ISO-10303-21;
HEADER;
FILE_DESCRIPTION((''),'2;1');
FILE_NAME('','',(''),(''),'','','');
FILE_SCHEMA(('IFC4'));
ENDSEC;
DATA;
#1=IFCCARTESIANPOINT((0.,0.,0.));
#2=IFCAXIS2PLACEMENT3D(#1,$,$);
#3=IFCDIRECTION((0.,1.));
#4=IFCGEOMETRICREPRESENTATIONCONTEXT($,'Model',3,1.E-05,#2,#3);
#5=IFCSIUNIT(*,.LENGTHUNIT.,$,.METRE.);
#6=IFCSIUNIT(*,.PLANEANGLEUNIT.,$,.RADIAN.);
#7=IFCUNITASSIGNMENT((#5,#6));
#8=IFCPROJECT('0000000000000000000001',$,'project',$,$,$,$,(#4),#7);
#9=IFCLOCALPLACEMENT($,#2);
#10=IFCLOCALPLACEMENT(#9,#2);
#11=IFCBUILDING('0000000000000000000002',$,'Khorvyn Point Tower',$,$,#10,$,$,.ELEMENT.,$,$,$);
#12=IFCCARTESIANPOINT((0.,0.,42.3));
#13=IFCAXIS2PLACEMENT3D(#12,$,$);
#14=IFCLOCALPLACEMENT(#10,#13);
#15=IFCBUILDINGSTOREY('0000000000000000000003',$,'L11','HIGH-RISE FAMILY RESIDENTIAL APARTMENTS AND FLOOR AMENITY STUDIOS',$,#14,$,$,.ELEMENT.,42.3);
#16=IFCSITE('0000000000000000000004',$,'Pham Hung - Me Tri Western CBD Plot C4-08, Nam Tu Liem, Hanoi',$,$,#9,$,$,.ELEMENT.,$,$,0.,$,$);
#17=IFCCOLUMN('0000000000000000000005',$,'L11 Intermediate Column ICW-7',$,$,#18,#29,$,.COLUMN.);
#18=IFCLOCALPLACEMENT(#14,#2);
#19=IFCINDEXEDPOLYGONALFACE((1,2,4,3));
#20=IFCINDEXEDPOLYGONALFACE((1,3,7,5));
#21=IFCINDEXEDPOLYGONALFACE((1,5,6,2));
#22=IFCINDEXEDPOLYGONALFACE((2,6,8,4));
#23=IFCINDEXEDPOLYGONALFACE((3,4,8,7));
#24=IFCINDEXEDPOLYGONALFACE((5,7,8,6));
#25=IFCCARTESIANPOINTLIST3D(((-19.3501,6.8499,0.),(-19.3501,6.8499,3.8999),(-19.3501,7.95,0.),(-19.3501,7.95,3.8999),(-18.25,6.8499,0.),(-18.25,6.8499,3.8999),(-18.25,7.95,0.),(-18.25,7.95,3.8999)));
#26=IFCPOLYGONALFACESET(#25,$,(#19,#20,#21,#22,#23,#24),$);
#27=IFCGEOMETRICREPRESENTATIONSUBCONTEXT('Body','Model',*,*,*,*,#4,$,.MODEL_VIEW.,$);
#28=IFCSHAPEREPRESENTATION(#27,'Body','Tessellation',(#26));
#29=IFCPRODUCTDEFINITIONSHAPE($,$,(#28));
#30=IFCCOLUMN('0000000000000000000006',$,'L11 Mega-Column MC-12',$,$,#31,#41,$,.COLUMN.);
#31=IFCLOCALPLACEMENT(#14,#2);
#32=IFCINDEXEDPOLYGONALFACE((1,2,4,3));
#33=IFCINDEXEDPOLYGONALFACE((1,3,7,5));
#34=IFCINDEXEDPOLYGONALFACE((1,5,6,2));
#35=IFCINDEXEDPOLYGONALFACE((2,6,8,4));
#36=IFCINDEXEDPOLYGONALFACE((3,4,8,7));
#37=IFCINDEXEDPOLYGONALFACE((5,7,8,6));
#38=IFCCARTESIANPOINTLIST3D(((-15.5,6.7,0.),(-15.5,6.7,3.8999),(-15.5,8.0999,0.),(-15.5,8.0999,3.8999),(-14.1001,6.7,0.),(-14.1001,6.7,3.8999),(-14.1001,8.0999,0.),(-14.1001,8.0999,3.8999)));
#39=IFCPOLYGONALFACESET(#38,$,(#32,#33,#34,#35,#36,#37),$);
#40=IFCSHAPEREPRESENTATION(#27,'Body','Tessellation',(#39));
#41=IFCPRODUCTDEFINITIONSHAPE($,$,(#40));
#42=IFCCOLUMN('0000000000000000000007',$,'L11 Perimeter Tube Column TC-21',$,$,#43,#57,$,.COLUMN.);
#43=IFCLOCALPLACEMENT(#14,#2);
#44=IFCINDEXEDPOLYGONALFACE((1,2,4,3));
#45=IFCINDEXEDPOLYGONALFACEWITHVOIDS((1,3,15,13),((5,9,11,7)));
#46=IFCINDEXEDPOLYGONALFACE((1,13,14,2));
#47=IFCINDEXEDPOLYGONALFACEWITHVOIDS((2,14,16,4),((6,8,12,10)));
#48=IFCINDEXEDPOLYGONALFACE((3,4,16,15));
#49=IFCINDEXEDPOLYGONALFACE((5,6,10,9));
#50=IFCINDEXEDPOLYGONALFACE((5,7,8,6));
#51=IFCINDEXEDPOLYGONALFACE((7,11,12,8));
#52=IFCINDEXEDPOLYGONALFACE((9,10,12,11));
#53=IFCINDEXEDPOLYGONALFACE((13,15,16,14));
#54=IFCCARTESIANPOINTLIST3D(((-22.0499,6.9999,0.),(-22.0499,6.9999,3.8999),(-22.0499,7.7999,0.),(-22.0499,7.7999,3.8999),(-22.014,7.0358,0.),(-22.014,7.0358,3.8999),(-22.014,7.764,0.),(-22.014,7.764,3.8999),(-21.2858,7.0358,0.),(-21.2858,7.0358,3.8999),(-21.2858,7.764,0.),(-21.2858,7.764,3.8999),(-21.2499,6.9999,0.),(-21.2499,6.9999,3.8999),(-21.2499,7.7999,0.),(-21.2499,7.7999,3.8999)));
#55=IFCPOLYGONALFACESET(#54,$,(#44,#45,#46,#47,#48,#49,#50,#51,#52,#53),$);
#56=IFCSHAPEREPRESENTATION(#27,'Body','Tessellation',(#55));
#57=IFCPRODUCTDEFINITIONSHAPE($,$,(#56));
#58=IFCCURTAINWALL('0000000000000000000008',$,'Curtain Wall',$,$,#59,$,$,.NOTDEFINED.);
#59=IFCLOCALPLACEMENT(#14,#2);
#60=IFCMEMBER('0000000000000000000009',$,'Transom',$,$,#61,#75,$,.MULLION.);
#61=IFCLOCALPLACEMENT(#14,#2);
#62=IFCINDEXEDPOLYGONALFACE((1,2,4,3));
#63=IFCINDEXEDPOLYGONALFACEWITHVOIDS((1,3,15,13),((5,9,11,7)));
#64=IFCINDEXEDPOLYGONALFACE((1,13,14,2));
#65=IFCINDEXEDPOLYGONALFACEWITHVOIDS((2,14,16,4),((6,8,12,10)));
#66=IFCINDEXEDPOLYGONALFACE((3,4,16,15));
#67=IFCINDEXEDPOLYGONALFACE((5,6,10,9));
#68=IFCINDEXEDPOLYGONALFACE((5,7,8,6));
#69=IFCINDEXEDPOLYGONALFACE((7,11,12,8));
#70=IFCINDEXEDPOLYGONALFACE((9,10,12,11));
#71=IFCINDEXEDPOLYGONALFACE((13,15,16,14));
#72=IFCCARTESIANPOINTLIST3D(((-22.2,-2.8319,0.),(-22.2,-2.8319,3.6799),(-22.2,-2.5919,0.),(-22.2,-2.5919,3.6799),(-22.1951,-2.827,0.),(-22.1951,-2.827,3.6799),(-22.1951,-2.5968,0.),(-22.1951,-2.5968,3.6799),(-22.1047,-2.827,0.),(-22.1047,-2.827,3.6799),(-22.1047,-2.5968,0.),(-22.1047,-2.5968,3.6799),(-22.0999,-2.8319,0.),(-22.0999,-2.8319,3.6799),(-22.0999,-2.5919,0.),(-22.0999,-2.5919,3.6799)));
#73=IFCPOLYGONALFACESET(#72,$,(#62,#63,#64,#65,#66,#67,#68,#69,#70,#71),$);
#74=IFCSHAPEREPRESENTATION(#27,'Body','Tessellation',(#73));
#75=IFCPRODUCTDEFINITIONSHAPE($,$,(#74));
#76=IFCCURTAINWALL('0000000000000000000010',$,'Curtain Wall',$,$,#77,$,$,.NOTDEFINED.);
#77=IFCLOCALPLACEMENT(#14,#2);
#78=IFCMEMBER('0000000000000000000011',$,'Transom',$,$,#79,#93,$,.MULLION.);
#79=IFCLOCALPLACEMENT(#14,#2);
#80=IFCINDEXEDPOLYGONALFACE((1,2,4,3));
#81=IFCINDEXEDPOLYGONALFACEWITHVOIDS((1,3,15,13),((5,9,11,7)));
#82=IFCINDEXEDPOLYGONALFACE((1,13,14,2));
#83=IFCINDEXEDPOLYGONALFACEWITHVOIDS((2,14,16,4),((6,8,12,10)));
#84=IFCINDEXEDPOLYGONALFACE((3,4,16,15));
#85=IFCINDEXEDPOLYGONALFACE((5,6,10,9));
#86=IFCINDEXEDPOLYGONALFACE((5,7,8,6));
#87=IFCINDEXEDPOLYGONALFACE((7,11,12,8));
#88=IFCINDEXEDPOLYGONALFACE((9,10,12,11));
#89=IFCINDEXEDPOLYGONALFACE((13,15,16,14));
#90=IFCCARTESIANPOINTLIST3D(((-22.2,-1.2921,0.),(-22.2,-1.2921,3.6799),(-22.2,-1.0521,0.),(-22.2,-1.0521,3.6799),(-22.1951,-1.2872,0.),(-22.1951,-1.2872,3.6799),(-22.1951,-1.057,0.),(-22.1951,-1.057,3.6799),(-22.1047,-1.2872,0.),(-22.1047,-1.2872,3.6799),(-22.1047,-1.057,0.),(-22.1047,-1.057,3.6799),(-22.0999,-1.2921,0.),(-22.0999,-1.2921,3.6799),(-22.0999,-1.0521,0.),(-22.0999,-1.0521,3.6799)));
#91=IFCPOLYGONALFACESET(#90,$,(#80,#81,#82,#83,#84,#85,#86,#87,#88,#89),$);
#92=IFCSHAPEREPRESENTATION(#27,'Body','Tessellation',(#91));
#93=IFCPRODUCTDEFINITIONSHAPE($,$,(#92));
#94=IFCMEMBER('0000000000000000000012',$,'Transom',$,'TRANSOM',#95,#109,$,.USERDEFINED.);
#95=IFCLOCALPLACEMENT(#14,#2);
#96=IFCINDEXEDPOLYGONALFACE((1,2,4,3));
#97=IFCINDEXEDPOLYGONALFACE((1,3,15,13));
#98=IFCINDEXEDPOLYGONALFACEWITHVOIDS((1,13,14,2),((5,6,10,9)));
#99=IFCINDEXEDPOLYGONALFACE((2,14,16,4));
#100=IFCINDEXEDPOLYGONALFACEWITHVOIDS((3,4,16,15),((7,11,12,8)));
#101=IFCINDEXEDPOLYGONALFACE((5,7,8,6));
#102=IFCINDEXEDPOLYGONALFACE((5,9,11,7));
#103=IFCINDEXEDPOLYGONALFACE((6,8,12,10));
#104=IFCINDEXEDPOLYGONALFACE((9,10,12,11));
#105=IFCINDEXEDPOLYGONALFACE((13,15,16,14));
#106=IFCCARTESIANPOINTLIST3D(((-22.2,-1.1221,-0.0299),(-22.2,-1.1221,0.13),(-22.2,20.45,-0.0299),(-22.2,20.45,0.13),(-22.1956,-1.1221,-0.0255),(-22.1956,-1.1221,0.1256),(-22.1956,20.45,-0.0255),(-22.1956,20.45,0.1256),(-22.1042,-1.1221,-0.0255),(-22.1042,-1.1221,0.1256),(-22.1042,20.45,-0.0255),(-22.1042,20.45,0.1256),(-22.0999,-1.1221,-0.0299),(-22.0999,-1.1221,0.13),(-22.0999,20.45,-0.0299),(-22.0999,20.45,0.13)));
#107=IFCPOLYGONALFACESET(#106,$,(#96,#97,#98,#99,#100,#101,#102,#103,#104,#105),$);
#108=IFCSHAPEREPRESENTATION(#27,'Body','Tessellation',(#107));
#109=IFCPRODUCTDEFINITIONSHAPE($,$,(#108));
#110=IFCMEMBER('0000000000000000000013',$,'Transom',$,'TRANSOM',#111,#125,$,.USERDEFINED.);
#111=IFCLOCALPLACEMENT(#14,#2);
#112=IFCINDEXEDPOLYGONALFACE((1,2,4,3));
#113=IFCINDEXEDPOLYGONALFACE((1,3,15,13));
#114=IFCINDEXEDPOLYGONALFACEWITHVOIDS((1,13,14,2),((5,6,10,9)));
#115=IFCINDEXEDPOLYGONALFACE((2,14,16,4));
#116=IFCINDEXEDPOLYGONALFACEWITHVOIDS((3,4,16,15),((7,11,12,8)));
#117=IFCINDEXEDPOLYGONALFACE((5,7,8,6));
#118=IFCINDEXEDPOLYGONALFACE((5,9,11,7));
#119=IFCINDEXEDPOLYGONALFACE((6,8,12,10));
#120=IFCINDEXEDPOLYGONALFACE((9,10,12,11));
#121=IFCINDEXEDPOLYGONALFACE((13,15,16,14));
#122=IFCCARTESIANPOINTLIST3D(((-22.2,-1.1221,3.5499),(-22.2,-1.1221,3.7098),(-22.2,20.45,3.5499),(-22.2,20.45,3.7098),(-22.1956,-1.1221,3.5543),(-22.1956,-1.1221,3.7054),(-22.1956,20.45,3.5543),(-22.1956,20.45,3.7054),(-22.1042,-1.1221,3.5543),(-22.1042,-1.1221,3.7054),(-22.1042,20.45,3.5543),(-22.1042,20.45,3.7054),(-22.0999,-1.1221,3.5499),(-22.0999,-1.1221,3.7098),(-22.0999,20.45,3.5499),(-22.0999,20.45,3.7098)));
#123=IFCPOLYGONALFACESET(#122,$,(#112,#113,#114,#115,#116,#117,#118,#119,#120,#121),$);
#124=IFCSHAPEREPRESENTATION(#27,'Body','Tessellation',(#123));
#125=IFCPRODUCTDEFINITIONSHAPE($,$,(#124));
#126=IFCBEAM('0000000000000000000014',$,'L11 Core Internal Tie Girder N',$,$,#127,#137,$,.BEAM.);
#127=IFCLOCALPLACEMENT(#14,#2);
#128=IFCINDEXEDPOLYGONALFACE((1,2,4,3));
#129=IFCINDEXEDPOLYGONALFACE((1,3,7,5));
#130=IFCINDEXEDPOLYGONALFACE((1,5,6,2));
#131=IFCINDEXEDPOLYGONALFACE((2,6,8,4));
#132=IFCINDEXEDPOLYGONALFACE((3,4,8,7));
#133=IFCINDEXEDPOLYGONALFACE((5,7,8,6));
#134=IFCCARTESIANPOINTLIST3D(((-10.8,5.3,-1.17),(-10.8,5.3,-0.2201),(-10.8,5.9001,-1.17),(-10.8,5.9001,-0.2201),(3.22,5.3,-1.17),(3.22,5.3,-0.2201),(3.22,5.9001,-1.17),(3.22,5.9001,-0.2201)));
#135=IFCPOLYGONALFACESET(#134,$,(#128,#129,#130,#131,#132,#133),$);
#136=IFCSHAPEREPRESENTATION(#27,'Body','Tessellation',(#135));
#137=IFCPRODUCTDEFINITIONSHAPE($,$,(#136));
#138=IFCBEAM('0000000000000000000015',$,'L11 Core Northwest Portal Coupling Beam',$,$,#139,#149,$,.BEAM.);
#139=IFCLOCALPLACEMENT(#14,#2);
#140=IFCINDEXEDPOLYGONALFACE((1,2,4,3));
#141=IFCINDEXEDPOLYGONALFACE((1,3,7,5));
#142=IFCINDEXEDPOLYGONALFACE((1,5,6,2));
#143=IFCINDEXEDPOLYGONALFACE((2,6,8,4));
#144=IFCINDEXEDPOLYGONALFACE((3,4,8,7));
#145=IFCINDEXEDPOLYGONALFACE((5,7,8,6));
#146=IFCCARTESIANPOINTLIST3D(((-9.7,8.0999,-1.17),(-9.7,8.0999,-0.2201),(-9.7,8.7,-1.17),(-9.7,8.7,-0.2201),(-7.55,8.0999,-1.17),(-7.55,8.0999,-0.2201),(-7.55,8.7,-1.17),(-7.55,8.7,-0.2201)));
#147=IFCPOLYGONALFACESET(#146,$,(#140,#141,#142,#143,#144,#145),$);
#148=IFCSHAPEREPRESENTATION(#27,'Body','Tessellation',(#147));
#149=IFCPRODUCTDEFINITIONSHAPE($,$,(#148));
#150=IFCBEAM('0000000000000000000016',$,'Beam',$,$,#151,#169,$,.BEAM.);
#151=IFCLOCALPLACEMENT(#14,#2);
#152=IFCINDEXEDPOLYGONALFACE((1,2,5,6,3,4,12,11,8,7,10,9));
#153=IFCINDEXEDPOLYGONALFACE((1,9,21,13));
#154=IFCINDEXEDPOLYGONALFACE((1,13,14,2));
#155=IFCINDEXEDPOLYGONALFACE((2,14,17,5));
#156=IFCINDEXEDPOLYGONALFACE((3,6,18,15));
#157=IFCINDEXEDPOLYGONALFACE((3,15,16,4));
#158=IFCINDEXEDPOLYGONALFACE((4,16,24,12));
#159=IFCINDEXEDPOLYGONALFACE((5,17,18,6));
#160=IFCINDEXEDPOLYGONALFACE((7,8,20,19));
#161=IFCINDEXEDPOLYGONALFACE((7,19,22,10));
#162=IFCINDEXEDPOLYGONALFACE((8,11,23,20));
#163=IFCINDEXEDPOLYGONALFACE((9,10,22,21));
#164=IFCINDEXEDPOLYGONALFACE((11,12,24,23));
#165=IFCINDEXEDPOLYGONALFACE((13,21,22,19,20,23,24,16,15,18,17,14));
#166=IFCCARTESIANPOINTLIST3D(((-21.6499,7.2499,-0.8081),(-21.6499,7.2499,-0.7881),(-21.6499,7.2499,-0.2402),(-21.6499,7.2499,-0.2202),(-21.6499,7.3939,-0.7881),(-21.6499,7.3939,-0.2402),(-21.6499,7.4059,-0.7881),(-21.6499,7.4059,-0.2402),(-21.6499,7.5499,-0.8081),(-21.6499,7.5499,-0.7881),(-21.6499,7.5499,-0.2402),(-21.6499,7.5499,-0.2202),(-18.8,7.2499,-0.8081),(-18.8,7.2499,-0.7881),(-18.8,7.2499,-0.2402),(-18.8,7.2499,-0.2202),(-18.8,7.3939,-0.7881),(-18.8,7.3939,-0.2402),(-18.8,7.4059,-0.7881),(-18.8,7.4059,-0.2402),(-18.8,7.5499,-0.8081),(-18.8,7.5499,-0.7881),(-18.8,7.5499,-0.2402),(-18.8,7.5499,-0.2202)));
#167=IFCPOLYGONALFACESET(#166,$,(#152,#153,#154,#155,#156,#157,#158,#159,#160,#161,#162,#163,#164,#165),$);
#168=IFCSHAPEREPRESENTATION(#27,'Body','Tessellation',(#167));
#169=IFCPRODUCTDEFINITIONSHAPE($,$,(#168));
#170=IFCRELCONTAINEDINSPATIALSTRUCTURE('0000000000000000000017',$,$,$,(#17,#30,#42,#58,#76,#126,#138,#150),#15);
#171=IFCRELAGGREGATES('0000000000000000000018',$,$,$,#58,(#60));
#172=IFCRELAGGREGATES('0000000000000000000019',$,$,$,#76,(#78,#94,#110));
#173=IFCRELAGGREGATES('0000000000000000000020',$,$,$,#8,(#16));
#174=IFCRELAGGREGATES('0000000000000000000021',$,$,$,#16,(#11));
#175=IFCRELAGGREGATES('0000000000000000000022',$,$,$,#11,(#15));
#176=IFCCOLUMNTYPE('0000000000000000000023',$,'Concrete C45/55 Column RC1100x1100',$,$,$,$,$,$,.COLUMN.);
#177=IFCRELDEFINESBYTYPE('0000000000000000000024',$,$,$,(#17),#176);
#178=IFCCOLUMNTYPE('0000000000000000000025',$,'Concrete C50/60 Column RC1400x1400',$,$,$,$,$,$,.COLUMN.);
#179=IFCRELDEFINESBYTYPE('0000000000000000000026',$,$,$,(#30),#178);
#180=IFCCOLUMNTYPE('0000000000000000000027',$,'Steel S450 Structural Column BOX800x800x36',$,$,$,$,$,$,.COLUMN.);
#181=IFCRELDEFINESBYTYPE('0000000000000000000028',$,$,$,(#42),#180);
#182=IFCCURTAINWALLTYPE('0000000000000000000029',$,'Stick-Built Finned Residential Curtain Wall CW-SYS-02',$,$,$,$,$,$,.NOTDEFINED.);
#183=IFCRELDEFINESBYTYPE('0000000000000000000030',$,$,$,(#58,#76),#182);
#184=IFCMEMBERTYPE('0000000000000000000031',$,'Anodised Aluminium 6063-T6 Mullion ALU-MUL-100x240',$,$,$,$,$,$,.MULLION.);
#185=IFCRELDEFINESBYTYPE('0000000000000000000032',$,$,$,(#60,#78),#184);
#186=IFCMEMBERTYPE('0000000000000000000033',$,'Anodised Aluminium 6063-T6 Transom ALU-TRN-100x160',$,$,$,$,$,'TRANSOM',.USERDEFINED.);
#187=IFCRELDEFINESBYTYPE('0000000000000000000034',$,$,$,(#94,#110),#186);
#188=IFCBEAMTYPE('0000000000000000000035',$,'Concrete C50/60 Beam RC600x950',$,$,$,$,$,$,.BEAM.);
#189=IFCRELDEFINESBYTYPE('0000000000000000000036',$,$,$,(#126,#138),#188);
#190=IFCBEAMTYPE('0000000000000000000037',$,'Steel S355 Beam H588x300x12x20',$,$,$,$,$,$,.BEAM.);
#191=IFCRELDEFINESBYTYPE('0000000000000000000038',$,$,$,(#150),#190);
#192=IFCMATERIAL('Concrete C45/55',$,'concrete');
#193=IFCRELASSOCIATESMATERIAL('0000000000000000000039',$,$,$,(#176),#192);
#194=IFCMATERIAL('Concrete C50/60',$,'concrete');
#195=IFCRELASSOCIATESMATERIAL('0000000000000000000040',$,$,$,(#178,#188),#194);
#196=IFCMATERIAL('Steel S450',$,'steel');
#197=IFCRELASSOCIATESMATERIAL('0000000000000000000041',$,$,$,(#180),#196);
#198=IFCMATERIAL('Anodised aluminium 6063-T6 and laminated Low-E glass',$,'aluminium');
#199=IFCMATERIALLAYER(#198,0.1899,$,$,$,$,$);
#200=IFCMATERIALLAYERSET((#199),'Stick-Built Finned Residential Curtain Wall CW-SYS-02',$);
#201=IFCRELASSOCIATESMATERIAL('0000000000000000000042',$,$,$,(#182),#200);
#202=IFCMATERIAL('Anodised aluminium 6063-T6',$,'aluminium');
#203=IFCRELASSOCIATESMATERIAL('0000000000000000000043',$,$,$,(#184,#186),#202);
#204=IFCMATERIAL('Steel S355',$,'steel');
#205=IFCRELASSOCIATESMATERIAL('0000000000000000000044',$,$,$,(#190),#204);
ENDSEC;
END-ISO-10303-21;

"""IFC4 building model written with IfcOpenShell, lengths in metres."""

from ifc_helpers import new_model, si_unit, direction, frame, origin, origin_2d, place, context, subcontext, project, spatial, rectangle, hollow_rectangle, i_section, extrude, material, layer, layer_set, material_profile, profile_set, type_object, element, aggregate, save


model = new_model("IFC4")

# Units and contexts
model_context = context("Model", 3, precision=1e-05, world=origin(), true_north=direction((0.0, 1.0)))
body_context = subcontext(model_context, "Body", "Model", "MODEL_VIEW")
ifc_project = project(units=[si_unit("LENGTHUNIT", "METRE"), si_unit("PLANEANGLEUNIT", "RADIAN")], contexts=[model_context])

# Site, building, storey
site_placement = place(None, origin())
site = spatial("IfcSite", under=ifc_project, at=site_placement, Name="Pham Hung - Me Tri Western CBD Plot C4-08, Nam Tu Liem, Hanoi", CompositionType="ELEMENT", RefElevation=0.0)
building_placement = place(site_placement, origin())
building = spatial("IfcBuilding", under=site, at=building_placement, Name="Khorvyn Point Tower", CompositionType="ELEMENT")
storey_placement = place(building_placement, frame((0.0, 0.0, 42.3)))
storey = spatial("IfcBuildingStorey", under=building, at=storey_placement, Name="L11", Description="HIGH-RISE FAMILY RESIDENTIAL APARTMENTS AND FLOOR AMENITY STUDIOS", CompositionType="ELEMENT", Elevation=42.3)

# Columns
ifc_material_1 = material(Name="Concrete C45/55", Category="concrete")
ifc_material_profile_1 = material_profile(ifc_material_1, rectangle(XDim=1.1001, YDim=1.1001, at=origin_2d()))
ifc_profile_set_1 = profile_set([ifc_material_profile_1], Name="Concrete C45/55 RC1100x1100")
column_type_1 = type_object("IfcColumnType", Name="Concrete C45/55 Column RC1100x1100", PredefinedType="COLUMN", material=ifc_profile_set_1)
column_1_placement = place(storey_placement, frame((-18.8, 7.3999, 0.0), z_axis=(0.0, 0.0, 1.0), x_axis=(1.0, 0.0, 0.0)))
element("IfcColumn", 1, at=column_1_placement, inside=storey, type_object=column_type_1, Name="L11 Intermediate Column ICW-7", PredefinedType="COLUMN", context=body_context, shape_type="SweptSolid", body=[
    extrude(rectangle(XDim=1.1001, YDim=1.1001, at=origin_2d()), origin(), (0.0, 0.0, 1.0), 3.8999),
])
ifc_material_2 = material(Name="Concrete C50/60", Category="concrete")
ifc_material_profile_2 = material_profile(ifc_material_2, rectangle(XDim=1.3999, YDim=1.3999, at=origin_2d()))
ifc_profile_set_2 = profile_set([ifc_material_profile_2], Name="Concrete C50/60 RC1400x1400")
column_type_2 = type_object("IfcColumnType", Name="Concrete C50/60 Column RC1400x1400", PredefinedType="COLUMN", material=ifc_profile_set_2)
column_2_placement = place(storey_placement, frame((-14.8, 7.3999, 0.0), z_axis=(0.0, 0.0, 1.0), x_axis=(1.0, 0.0, 0.0)))
element("IfcColumn", 2, at=column_2_placement, inside=storey, type_object=column_type_2, Name="L11 Mega-Column MC-12", PredefinedType="COLUMN", context=body_context, shape_type="SweptSolid", body=[
    extrude(rectangle(XDim=1.3999, YDim=1.3999, at=origin_2d()), origin(), (0.0, 0.0, 1.0), 3.8999),
])
ifc_material_3 = material(Name="Steel S450", Category="steel")
ifc_material_profile_3 = material_profile(ifc_material_3, hollow_rectangle(XDim=0.8, YDim=0.8, WallThickness=0.0359, at=origin_2d()))
ifc_profile_set_3 = profile_set([ifc_material_profile_3], Name="Steel S450 BOX800x800x36")
column_type_3 = type_object("IfcColumnType", Name="Steel S450 Structural Column BOX800x800x36", PredefinedType="COLUMN", material=ifc_profile_set_3)
column_3_placement = place(storey_placement, frame((-21.6499, 7.3999, 0.0), z_axis=(0.0, 0.0, 1.0), x_axis=(1.0, 0.0, 0.0)))
element("IfcColumn", 3, at=column_3_placement, inside=storey, type_object=column_type_3, Name="L11 Perimeter Tube Column TC-21", PredefinedType="COLUMN", context=body_context, shape_type="SweptSolid", body=[
    extrude(hollow_rectangle(XDim=0.8, YDim=0.8, WallThickness=0.0359, at=origin_2d()), origin(), (0.0, 0.0, 1.0), 3.8999),
])

# Curtain wall, member
ifc_material_4 = material(Name="Anodised aluminium 6063-T6 and laminated Low-E glass", Category="aluminium")
ifc_layer_1 = layer(ifc_material_4, 0.1899)
ifc_layer_set_1 = layer_set([ifc_layer_1], Name="Stick-Built Finned Residential Curtain Wall CW-SYS-02")
curtain_wall_type = type_object("IfcCurtainWallType", Name="Stick-Built Finned Residential Curtain Wall CW-SYS-02", PredefinedType="NOTDEFINED", material=ifc_layer_set_1)
curtain_wall_1_placement = place(storey_placement, origin())
curtain_wall_1 = element("IfcCurtainWall", 4, at=curtain_wall_1_placement, inside=storey, type_object=curtain_wall_type, Name="Curtain Wall", PredefinedType="NOTDEFINED")
ifc_material_5 = material(Name="Anodised aluminium 6063-T6", Category="aluminium")
ifc_material_profile_4 = material_profile(ifc_material_5, hollow_rectangle(XDim=0.1001, YDim=0.24, WallThickness=0.0049, at=origin_2d()))
ifc_profile_set_4 = profile_set([ifc_material_profile_4], Name="Anodised aluminium 6063-T6 ALU-MUL-100x240")
member_type_1 = type_object("IfcMemberType", Name="Anodised Aluminium 6063-T6 Mullion ALU-MUL-100x240", PredefinedType="MULLION", material=ifc_profile_set_4)
member_1_placement = place(storey_placement, frame((-22.1499, -2.7119, 0.0), z_axis=(0.0, 0.0, 1.0), x_axis=(-1.0, 0.0, 0.0)))
member_1 = element("IfcMember", 5, at=member_1_placement, type_object=member_type_1, Name="Transom", PredefinedType="MULLION", context=body_context, shape_type="SweptSolid", body=[
    extrude(hollow_rectangle(XDim=0.1001, YDim=0.24, WallThickness=0.0049, at=origin_2d()), origin(), (0.0, 0.0, 1.0), 3.6799),
])
aggregate(curtain_wall_1, [member_1])

# Curtain wall, members
curtain_wall_2_placement = place(storey_placement, origin())
curtain_wall_2 = element("IfcCurtainWall", 6, at=curtain_wall_2_placement, inside=storey, type_object=curtain_wall_type, Name="Curtain Wall", PredefinedType="NOTDEFINED")
member_2_placement = place(storey_placement, frame((-22.1499, -1.1721, 0.0), z_axis=(0.0, 0.0, 1.0), x_axis=(-1.0, 0.0, 0.0)))
member_2 = element("IfcMember", 7, at=member_2_placement, type_object=member_type_1, Name="Transom", PredefinedType="MULLION", context=body_context, shape_type="SweptSolid", body=[
    extrude(hollow_rectangle(XDim=0.1001, YDim=0.24, WallThickness=0.0049, at=origin_2d()), origin(), (0.0, 0.0, 1.0), 3.6799),
])
ifc_material_profile_5 = material_profile(ifc_material_5, hollow_rectangle(XDim=0.1001, YDim=0.1599, WallThickness=0.0044, at=origin_2d()))
ifc_profile_set_5 = profile_set([ifc_material_profile_5], Name="Anodised aluminium 6063-T6 ALU-TRN-100x160")
member_type_2 = type_object("IfcMemberType", Name="Anodised Aluminium 6063-T6 Transom ALU-TRN-100x160", ElementType="TRANSOM", PredefinedType="USERDEFINED", material=ifc_profile_set_5)
member_3_placement = place(storey_placement, frame((-22.1499, -1.1221, 0.05), z_axis=(0.0, 1.0, 0.0), x_axis=(-1.0, 0.0, 0.0)))
member_3 = element("IfcMember", 8, at=member_3_placement, type_object=member_type_2, Name="Transom", ObjectType="TRANSOM", PredefinedType="USERDEFINED", context=body_context, shape_type="SweptSolid", body=[
    extrude(hollow_rectangle(XDim=0.1001, YDim=0.1599, WallThickness=0.0044, at=origin_2d()), origin(), (0.0, 0.0, 1.0), 21.572),
])
member_4_placement = place(storey_placement, frame((-22.1499, -1.1221, 3.6299), z_axis=(0.0, 1.0, 0.0), x_axis=(-1.0, 0.0, 0.0)))
member_4 = element("IfcMember", 9, at=member_4_placement, type_object=member_type_2, Name="Transom", ObjectType="TRANSOM", PredefinedType="USERDEFINED", context=body_context, shape_type="SweptSolid", body=[
    extrude(hollow_rectangle(XDim=0.1001, YDim=0.1599, WallThickness=0.0044, at=origin_2d()), origin(), (0.0, 0.0, 1.0), 21.572),
])

# Beams
ifc_material_profile_6 = material_profile(ifc_material_2, rectangle(XDim=0.6001, YDim=0.95, at=origin_2d()))
ifc_profile_set_6 = profile_set([ifc_material_profile_6], Name="Concrete C50/60 RC600x950")
beam_type_1 = type_object("IfcBeamType", Name="Concrete C50/60 Beam RC600x950", PredefinedType="BEAM", material=ifc_profile_set_6)
beam_1_placement = place(storey_placement, frame((-10.8, 5.6001, -0.6951), z_axis=(1.0, 0.0, 0.0), x_axis=(0.0, 1.0, 0.0)))
element("IfcBeam", 10, at=beam_1_placement, inside=storey, type_object=beam_type_1, Name="L11 Core Internal Tie Girder N", PredefinedType="BEAM", context=body_context, shape_type="SweptSolid", body=[
    extrude(rectangle(XDim=0.6001, YDim=0.95, at=origin_2d()), origin(), (0.0, 0.0, 1.0), 14.02),
])
beam_2_placement = place(storey_placement, frame((-9.7, 8.3999, -0.6951), z_axis=(1.0, 0.0, 0.0), x_axis=(0.0, 1.0, 0.0)))
element("IfcBeam", 11, at=beam_2_placement, inside=storey, type_object=beam_type_1, Name="L11 Core Northwest Portal Coupling Beam", PredefinedType="BEAM", context=body_context, shape_type="SweptSolid", body=[
    extrude(rectangle(XDim=0.6001, YDim=0.95, at=origin_2d()), origin(), (0.0, 0.0, 1.0), 2.1499),
])
ifc_material_6 = material(Name="Steel S355", Category="steel")
ifc_material_profile_7 = material_profile(ifc_material_6, i_section(OverallWidth=0.3, OverallDepth=0.5879, WebThickness=0.012, FlangeThickness=0.02, at=origin_2d()))
ifc_profile_set_7 = profile_set([ifc_material_profile_7], Name="Steel S355 H588x300x12x20")
beam_type_2 = type_object("IfcBeamType", Name="Steel S355 Beam H588x300x12x20", PredefinedType="BEAM", material=ifc_profile_set_7)
beam_3_placement = place(storey_placement, frame((-21.6499, 7.3999, -0.5142), z_axis=(1.0, 0.0, 0.0), x_axis=(0.0, 1.0, 0.0)))
element("IfcBeam", 12, at=beam_3_placement, inside=storey, type_object=beam_type_2, Name="Beam", PredefinedType="BEAM", context=body_context, shape_type="SweptSolid", body=[
    extrude(i_section(OverallWidth=0.3, OverallDepth=0.5879, WebThickness=0.012, FlangeThickness=0.02, at=origin_2d()), origin(), (0.0, 0.0, 1.0), 2.8499),
])

aggregate(curtain_wall_2, [member_2, member_3, member_4])

save(model, "model.ifc")
